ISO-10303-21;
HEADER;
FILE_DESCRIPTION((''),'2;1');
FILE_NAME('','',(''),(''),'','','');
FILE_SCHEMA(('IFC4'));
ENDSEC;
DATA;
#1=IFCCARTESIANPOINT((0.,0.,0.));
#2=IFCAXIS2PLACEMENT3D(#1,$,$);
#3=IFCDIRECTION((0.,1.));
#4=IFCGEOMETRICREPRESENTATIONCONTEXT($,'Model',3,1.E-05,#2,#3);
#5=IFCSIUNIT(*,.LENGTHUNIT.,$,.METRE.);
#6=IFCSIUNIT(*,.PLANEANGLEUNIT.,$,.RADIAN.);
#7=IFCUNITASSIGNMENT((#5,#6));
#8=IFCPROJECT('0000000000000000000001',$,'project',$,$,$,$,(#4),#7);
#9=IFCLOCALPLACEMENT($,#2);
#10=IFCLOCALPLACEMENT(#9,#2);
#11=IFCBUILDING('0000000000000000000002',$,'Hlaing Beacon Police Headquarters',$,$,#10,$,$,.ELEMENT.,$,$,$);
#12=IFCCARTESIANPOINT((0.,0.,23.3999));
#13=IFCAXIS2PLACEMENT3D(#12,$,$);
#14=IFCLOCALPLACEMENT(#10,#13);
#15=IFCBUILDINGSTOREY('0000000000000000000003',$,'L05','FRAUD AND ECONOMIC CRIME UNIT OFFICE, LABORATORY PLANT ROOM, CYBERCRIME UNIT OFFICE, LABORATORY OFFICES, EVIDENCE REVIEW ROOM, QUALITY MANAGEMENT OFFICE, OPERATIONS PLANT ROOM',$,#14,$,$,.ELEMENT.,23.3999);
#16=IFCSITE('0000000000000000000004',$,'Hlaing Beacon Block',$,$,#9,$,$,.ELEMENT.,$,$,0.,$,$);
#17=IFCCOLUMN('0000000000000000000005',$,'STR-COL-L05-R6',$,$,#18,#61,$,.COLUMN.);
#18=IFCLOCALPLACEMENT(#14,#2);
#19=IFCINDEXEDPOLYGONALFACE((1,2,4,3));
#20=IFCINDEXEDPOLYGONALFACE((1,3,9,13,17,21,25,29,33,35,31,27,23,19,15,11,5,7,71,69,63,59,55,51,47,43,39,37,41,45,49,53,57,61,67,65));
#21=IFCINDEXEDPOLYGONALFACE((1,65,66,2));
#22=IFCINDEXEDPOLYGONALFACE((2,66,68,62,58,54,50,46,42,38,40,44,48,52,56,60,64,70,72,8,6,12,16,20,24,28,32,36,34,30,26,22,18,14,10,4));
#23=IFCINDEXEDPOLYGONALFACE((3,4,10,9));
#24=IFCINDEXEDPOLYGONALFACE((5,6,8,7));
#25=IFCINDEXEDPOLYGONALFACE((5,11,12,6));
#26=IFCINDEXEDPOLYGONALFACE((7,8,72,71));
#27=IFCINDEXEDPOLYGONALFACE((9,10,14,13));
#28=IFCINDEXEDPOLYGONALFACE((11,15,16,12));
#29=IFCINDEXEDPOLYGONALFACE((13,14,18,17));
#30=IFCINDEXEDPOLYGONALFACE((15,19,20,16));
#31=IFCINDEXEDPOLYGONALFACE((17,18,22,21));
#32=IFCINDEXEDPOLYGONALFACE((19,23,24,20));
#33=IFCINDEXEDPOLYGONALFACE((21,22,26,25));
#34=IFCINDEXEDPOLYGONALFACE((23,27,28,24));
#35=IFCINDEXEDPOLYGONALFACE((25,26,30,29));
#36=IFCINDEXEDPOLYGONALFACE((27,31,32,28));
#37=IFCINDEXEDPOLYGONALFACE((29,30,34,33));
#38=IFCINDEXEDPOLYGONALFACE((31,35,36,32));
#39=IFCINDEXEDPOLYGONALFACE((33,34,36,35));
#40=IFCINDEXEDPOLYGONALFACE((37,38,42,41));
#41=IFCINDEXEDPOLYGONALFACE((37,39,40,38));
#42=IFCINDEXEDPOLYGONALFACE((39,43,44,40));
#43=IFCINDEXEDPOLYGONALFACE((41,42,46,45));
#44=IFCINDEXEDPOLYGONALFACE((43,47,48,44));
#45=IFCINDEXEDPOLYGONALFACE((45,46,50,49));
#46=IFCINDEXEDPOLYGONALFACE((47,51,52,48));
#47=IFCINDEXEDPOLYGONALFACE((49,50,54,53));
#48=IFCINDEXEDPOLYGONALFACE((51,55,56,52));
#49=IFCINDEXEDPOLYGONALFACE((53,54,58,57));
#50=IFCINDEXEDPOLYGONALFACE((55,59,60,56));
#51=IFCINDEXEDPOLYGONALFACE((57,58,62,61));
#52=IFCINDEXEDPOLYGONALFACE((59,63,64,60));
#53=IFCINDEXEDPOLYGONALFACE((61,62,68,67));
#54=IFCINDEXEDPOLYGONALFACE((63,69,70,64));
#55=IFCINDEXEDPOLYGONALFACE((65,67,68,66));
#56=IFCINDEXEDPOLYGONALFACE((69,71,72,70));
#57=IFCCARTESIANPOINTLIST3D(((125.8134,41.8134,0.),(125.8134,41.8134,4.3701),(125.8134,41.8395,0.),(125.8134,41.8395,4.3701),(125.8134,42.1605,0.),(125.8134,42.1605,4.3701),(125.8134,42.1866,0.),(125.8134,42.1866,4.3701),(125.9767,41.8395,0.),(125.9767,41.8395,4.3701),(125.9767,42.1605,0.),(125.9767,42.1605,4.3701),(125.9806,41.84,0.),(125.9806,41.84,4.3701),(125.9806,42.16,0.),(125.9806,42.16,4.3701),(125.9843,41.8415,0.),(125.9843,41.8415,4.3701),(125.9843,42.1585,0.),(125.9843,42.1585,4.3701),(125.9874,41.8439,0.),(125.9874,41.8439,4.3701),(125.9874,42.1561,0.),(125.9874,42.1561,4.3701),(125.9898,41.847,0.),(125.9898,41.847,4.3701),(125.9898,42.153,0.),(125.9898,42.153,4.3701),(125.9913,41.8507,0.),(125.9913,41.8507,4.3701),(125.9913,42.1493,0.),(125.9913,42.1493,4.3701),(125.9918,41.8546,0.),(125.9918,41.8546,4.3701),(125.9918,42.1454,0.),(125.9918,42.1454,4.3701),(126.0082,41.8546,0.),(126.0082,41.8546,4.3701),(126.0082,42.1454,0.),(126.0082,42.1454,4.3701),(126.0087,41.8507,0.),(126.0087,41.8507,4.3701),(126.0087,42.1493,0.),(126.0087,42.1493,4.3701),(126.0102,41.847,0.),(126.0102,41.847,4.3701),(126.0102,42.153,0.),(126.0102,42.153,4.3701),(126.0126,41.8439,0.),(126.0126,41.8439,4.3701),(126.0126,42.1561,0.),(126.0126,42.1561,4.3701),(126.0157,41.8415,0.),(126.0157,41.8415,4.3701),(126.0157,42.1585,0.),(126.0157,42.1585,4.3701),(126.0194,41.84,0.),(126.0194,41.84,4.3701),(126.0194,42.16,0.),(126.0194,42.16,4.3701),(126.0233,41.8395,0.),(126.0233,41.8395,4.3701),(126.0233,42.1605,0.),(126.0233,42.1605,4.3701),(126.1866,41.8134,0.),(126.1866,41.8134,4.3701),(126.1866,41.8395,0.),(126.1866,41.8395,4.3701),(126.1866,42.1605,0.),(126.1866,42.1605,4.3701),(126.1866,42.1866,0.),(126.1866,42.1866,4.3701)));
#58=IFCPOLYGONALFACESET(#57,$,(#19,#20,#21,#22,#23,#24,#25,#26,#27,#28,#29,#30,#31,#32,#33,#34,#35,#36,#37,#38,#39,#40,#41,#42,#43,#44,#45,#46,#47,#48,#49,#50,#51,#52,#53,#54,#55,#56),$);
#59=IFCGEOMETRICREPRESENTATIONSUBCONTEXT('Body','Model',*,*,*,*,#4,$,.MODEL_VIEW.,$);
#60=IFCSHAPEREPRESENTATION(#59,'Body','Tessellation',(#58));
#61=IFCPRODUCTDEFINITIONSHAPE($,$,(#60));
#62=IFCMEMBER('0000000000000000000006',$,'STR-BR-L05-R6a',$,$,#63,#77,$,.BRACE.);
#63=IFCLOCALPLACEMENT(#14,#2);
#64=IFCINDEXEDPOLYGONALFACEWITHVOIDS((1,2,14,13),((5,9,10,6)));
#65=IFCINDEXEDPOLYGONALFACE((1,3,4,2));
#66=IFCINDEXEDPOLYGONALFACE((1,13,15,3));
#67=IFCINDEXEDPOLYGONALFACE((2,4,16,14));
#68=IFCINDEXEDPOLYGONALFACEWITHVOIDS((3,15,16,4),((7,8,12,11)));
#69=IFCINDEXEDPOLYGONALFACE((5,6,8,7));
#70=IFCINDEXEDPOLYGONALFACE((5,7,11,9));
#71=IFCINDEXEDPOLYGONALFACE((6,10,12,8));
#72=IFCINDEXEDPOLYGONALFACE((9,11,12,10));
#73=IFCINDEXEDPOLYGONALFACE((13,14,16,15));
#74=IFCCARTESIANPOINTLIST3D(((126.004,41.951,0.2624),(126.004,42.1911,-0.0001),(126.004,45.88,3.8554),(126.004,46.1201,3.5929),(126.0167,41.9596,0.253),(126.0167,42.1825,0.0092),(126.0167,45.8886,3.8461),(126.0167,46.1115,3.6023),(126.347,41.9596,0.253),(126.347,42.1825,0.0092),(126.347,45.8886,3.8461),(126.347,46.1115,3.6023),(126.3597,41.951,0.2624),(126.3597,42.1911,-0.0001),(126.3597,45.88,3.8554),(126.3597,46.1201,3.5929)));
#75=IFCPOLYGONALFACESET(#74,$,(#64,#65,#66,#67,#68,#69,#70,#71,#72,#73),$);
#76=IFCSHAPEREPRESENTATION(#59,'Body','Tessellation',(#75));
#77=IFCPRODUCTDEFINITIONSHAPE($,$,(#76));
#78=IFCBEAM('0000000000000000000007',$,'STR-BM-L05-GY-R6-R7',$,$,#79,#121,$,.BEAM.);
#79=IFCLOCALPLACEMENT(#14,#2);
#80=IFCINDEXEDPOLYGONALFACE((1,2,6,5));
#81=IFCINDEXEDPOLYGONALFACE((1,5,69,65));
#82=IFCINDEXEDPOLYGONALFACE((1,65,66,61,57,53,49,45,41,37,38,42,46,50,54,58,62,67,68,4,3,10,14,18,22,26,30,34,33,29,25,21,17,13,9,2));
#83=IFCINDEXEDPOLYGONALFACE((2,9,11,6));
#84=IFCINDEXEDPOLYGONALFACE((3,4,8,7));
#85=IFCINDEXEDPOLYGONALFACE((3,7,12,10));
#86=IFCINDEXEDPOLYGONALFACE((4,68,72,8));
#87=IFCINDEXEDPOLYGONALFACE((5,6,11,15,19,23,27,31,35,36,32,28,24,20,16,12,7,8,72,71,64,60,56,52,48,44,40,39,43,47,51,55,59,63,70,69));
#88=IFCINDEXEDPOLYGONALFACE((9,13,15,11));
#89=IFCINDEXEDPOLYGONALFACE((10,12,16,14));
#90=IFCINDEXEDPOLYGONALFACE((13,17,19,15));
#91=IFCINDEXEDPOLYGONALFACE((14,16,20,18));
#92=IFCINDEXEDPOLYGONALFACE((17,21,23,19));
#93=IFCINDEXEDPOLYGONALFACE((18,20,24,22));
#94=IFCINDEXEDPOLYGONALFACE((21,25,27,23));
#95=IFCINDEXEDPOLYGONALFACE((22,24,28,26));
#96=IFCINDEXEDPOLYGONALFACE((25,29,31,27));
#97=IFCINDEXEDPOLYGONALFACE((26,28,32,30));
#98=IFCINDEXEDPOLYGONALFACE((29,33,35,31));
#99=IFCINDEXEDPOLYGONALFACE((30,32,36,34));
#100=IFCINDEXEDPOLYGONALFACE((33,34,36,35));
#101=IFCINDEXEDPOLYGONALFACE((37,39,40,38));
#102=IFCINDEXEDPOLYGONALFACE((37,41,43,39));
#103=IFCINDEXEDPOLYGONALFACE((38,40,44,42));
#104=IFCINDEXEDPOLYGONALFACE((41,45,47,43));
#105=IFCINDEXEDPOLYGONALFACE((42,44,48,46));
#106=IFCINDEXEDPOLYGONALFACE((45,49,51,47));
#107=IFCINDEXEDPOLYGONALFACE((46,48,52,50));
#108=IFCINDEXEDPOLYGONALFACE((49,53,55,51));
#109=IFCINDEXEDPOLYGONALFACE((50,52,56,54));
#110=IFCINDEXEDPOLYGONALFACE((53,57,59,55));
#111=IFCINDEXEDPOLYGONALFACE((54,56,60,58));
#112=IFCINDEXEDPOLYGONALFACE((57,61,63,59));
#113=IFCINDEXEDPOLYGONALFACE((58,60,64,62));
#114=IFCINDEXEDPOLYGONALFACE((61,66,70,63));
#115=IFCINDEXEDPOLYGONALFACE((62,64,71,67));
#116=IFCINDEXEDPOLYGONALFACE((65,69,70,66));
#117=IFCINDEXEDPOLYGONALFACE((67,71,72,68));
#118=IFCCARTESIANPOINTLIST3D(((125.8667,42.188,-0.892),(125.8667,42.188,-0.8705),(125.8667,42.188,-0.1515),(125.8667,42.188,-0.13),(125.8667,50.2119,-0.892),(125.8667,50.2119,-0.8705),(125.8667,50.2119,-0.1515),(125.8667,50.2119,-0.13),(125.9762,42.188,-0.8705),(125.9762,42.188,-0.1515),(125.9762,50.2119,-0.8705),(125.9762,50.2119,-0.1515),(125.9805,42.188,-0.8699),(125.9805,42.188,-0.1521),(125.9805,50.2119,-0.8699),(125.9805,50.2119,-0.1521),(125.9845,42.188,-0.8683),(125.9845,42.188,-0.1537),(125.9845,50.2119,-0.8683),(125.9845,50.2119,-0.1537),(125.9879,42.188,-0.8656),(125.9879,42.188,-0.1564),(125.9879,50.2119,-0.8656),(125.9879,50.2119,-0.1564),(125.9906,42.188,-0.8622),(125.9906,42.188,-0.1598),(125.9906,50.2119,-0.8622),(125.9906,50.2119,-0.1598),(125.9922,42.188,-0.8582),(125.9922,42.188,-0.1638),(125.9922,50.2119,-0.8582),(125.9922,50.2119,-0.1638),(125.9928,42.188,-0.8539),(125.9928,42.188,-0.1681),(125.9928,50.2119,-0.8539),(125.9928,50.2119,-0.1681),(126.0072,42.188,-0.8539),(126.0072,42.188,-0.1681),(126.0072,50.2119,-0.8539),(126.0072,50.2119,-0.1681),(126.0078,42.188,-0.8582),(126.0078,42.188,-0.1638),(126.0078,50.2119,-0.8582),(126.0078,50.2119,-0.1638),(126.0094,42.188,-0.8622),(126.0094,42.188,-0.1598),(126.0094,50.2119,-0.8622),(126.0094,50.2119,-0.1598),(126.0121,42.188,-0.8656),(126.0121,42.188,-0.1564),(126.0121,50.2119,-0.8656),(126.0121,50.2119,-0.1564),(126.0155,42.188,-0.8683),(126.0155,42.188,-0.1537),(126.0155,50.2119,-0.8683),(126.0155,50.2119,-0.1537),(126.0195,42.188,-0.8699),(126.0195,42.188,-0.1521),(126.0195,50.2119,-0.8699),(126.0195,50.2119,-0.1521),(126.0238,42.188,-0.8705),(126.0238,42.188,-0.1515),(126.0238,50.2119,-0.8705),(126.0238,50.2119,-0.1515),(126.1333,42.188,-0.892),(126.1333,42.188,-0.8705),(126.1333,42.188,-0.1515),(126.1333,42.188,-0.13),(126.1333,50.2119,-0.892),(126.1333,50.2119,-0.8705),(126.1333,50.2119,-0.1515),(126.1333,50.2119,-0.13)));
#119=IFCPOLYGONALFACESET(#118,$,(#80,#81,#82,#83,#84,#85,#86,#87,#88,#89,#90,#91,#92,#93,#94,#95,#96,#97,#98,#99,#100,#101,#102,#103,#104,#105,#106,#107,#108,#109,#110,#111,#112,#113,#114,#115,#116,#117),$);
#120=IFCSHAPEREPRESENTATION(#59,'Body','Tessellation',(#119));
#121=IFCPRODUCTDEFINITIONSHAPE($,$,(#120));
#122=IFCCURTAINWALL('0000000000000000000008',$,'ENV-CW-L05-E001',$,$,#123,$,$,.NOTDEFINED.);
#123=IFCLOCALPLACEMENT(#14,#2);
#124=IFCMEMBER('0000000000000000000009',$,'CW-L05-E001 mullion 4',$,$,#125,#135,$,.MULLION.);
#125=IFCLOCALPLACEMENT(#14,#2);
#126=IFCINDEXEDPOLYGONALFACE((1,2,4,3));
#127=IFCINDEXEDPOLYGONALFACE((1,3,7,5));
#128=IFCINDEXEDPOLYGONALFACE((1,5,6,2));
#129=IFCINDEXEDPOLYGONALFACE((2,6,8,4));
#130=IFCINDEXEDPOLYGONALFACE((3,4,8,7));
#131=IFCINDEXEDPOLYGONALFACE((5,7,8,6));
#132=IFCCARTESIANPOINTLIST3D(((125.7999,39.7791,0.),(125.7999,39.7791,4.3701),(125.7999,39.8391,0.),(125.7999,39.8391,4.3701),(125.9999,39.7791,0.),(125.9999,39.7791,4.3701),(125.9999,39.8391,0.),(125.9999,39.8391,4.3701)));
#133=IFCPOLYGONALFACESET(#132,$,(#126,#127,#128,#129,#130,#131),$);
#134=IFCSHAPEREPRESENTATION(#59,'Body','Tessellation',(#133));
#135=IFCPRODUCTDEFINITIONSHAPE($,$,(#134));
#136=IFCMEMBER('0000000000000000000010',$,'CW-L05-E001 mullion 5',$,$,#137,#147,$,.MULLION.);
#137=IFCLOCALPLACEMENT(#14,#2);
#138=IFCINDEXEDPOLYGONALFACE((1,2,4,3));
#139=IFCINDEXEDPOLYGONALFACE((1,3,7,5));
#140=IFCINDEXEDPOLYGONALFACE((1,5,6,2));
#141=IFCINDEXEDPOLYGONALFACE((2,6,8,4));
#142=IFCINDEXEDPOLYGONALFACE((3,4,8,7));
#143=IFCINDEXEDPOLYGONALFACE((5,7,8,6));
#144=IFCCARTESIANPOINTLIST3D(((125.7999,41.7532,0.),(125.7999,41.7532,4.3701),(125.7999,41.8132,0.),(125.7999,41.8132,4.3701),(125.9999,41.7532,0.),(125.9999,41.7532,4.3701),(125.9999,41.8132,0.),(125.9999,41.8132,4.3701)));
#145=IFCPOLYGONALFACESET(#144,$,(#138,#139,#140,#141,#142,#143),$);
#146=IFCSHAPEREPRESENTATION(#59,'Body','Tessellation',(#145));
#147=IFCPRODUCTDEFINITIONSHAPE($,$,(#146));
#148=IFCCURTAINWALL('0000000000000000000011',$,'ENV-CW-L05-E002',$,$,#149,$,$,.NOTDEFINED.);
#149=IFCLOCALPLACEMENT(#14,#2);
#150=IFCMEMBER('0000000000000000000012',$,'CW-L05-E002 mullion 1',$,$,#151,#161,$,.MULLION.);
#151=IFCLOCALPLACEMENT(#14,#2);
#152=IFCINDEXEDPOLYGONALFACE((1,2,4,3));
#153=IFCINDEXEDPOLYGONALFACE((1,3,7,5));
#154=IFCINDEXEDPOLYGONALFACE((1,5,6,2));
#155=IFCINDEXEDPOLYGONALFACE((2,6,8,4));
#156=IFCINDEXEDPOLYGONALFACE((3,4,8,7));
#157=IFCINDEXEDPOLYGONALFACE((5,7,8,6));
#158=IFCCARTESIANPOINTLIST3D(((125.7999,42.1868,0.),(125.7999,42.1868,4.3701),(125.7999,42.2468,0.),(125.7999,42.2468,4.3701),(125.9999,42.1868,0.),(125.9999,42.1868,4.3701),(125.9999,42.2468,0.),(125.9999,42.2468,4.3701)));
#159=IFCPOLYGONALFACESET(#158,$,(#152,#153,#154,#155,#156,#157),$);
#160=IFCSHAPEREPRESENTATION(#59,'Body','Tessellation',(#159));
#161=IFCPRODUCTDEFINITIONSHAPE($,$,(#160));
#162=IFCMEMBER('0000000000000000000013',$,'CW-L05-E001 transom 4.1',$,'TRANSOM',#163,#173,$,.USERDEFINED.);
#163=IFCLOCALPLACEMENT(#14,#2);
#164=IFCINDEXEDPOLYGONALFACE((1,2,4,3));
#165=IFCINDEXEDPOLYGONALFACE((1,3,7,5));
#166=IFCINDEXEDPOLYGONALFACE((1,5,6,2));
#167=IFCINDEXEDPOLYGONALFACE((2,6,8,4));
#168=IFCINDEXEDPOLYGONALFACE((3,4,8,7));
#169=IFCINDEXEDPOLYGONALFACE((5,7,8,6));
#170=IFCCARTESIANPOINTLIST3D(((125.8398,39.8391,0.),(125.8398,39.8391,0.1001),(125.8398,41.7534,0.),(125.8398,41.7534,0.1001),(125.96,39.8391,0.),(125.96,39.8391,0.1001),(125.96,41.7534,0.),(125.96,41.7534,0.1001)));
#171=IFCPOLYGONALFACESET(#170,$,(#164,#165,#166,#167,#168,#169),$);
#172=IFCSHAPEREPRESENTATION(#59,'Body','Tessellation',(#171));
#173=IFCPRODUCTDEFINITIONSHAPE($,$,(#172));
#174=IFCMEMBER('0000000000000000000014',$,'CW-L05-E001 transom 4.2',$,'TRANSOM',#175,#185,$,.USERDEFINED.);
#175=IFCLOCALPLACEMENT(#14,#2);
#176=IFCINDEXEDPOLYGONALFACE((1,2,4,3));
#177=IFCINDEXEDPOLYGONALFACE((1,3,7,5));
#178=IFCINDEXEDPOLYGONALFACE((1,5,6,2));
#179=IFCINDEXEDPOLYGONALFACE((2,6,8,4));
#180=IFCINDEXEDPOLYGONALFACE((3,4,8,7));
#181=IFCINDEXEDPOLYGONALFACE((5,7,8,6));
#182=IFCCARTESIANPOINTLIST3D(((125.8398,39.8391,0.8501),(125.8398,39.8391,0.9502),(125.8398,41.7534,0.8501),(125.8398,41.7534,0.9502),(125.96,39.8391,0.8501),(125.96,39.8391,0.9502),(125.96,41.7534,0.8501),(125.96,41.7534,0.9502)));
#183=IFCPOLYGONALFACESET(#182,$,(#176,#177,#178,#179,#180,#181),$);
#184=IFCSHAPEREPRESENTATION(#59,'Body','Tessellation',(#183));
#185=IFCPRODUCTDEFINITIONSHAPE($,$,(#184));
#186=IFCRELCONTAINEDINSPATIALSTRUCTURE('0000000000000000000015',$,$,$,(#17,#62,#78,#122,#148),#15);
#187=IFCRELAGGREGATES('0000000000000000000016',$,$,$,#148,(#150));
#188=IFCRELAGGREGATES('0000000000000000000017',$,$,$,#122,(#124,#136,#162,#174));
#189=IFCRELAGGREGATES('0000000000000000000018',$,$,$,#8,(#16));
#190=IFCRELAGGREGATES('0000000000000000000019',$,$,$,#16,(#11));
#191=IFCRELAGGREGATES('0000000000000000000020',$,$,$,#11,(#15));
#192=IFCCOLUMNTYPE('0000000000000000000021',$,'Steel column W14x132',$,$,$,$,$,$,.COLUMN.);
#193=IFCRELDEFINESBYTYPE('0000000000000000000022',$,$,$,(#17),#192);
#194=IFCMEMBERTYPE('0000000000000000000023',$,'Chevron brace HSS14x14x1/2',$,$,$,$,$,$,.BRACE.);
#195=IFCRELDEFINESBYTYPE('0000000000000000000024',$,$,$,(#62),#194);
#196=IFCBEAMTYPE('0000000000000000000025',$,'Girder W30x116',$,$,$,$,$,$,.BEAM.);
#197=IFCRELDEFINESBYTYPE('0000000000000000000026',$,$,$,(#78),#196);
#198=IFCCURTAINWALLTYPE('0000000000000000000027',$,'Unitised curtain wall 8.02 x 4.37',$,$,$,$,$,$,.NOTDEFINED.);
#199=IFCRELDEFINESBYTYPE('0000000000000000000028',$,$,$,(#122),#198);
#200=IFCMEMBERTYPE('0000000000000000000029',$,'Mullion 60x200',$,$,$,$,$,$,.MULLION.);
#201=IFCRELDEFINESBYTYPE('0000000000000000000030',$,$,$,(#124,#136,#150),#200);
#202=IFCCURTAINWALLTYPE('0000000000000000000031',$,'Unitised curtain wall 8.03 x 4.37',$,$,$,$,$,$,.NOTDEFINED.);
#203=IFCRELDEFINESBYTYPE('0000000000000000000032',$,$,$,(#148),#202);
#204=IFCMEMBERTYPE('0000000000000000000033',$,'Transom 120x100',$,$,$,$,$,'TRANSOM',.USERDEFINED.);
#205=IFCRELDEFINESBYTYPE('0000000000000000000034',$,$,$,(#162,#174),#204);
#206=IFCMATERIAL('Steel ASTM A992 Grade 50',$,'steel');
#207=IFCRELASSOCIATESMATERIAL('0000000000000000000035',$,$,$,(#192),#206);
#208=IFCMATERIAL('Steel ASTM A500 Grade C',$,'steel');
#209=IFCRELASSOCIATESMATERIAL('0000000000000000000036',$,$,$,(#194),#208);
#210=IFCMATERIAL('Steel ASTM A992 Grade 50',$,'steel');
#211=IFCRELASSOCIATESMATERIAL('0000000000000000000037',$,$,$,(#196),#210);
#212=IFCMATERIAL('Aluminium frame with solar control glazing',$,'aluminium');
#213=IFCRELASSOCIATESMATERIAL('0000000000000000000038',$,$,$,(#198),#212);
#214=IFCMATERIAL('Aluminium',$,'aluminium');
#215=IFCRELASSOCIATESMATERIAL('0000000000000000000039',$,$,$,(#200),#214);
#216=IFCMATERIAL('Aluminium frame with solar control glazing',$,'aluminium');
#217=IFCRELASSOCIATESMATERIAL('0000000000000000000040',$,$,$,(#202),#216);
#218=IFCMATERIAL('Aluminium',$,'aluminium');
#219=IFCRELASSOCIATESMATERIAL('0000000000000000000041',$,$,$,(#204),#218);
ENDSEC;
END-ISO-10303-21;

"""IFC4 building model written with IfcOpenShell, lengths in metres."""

from ifc_helpers import new_model, si_unit, direction, frame, origin, origin_2d, place, context, subcontext, project, spatial, rectangle, hollow_rectangle, i_section, extrude, material, material_profile, profile_set, type_object, element, aggregate, save


model = new_model("IFC4")

# Units and contexts
model_context = context("Model", 3, precision=1e-05, world=origin(), true_north=direction((0.0, 1.0)))
body_context = subcontext(model_context, "Body", "Model", "MODEL_VIEW")
ifc_project = project(units=[si_unit("LENGTHUNIT", "METRE"), si_unit("PLANEANGLEUNIT", "RADIAN")], contexts=[model_context])

# Site, building, storey
site_placement = place(None, origin())
site = spatial("IfcSite", under=ifc_project, at=site_placement, Name="Hlaing Beacon Block", CompositionType="ELEMENT", RefElevation=0.0)
building_placement = place(site_placement, origin())
building = spatial("IfcBuilding", under=site, at=building_placement, Name="Hlaing Beacon Police Headquarters", CompositionType="ELEMENT")
storey_placement = place(building_placement, frame((0.0, 0.0, 23.3999)))
storey = spatial("IfcBuildingStorey", under=building, at=storey_placement, Name="L05", Description="FRAUD AND ECONOMIC CRIME UNIT OFFICE, LABORATORY PLANT ROOM, CYBERCRIME UNIT OFFICE, LABORATORY OFFICES, EVIDENCE REVIEW ROOM, QUALITY MANAGEMENT OFFICE, OPERATIONS PLANT ROOM", CompositionType="ELEMENT", Elevation=23.3999)

# Column
ifc_material_1 = material(Name="Steel ASTM A992 Grade 50", Category="steel")
ifc_material_profile_1 = material_profile(ifc_material_1, i_section(OverallWidth=0.3733, OverallDepth=0.3733, WebThickness=0.0164, FlangeThickness=0.0261, FilletRadius=0.0151, at=origin_2d()), Name="W14x132")
ifc_profile_set_1 = profile_set([ifc_material_profile_1], Name="Steel ASTM A992 Grade 50")
column_type = type_object("IfcColumnType", Name="Steel column W14x132", PredefinedType="COLUMN", material=ifc_profile_set_1)
column_placement = place(storey_placement, frame((126.0, 42.0, 0.0), z_axis=(0.0, 0.0, 1.0), x_axis=(1.0, 0.0, 0.0)))
element("IfcColumn", 1, at=column_placement, inside=storey, type_object=column_type, Name="STR-COL-L05-R6", PredefinedType="COLUMN", context=body_context, shape_type="SweptSolid", body=[
    extrude(i_section(OverallWidth=0.3733, OverallDepth=0.3733, WebThickness=0.0164, FlangeThickness=0.0261, FilletRadius=0.0151, at=origin_2d()), origin(), (0.0, 0.0, 1.0), 4.3701),
])

# Member
ifc_material_2 = material(Name="Steel ASTM A500 Grade C", Category="steel")
ifc_material_profile_2 = material_profile(ifc_material_2, hollow_rectangle(XDim=0.3557, YDim=0.3557, WallThickness=0.0127, at=origin_2d()), Name="HSS14x14x1/2")
ifc_profile_set_2 = profile_set([ifc_material_profile_2], Name="Steel ASTM A500 Grade C")
member_type_1 = type_object("IfcMemberType", Name="Chevron brace HSS14x14x1/2", PredefinedType="BRACE", material=ifc_profile_set_2)
member_1_placement = place(storey_placement, frame((126.1819, 42.071, 0.1311), z_axis=(0.0, 0.737951, 0.674854), x_axis=(-1.0, 0.0, 0.0)))
element("IfcMember", 2, at=member_1_placement, inside=storey, type_object=member_type_1, Name="STR-BR-L05-R6a", PredefinedType="BRACE", context=body_context, shape_type="SweptSolid", body=[
    extrude(hollow_rectangle(XDim=0.3557, YDim=0.3557, WallThickness=0.0127, at=origin_2d()), origin(), (0.0, 0.0, 1.0), 5.3242),
])

# Beam
ifc_material_3 = material(Name="Steel ASTM A992 Grade 50", Category="steel")
ifc_material_profile_3 = material_profile(ifc_material_3, i_section(OverallWidth=0.2666, OverallDepth=0.762, WebThickness=0.0144, FlangeThickness=0.0215, FilletRadius=0.0166, at=origin_2d()), Name="W30x116")
ifc_profile_set_3 = profile_set([ifc_material_profile_3], Name="Steel ASTM A992 Grade 50")
beam_type = type_object("IfcBeamType", Name="Girder W30x116", PredefinedType="BEAM", material=ifc_profile_set_3)
beam_placement = place(storey_placement, frame((126.0, 42.188, -0.511), z_axis=(0.0, 1.0, 0.0), x_axis=(-1.0, 0.0, 0.0)))
element("IfcBeam", 3, at=beam_placement, inside=storey, type_object=beam_type, Name="STR-BM-L05-GY-R6-R7", PredefinedType="BEAM", context=body_context, shape_type="SweptSolid", body=[
    extrude(i_section(OverallWidth=0.2666, OverallDepth=0.762, WebThickness=0.0144, FlangeThickness=0.0215, FilletRadius=0.0166, at=origin_2d()), origin(), (0.0, 0.0, 1.0), 8.0239),
])

# Curtain wall, members
ifc_material_4 = material(Name="Aluminium frame with solar control glazing", Category="aluminium")
curtain_wall_type_1 = type_object("IfcCurtainWallType", Name="Unitised curtain wall 8.02 x 4.37", PredefinedType="NOTDEFINED", material=ifc_material_4)
curtain_wall_1_placement = place(storey_placement, origin())
curtain_wall_1 = element("IfcCurtainWall", 4, at=curtain_wall_1_placement, inside=storey, type_object=curtain_wall_type_1, Name="ENV-CW-L05-E001", PredefinedType="NOTDEFINED")
ifc_material_5 = material(Name="Aluminium", Category="aluminium")
ifc_material_profile_4 = material_profile(ifc_material_5, rectangle(XDim=0.2, YDim=0.0601, at=origin_2d()), Name="Mullion 60x200")
ifc_profile_set_4 = profile_set([ifc_material_profile_4], Name="Aluminium")
member_type_2 = type_object("IfcMemberType", Name="Mullion 60x200", PredefinedType="MULLION", material=ifc_profile_set_4)
member_2_placement = place(storey_placement, frame((125.8999, 39.8091, 0.0), z_axis=(0.0, 0.0, 1.0), x_axis=(-1.0, 0.0, 0.0)))
member_2 = element("IfcMember", 5, at=member_2_placement, type_object=member_type_2, Name="CW-L05-E001 mullion 4", PredefinedType="MULLION", context=body_context, shape_type="SweptSolid", body=[
    extrude(rectangle(XDim=0.2, YDim=0.0601, at=origin_2d()), origin(), (0.0, 0.0, 1.0), 4.3701),
])
member_3_placement = place(storey_placement, frame((125.8999, 41.7832, 0.0), z_axis=(0.0, 0.0, 1.0), x_axis=(-1.0, 0.0, 0.0)))
member_3 = element("IfcMember", 6, at=member_3_placement, type_object=member_type_2, Name="CW-L05-E001 mullion 5", PredefinedType="MULLION", context=body_context, shape_type="SweptSolid", body=[
    extrude(rectangle(XDim=0.2, YDim=0.0601, at=origin_2d()), origin(), (0.0, 0.0, 1.0), 4.3701),
])

# Curtain wall, member
ifc_material_6 = material(Name="Aluminium frame with solar control glazing", Category="aluminium")
curtain_wall_type_2 = type_object("IfcCurtainWallType", Name="Unitised curtain wall 8.03 x 4.37", PredefinedType="NOTDEFINED", material=ifc_material_6)
curtain_wall_2_placement = place(storey_placement, origin())
curtain_wall_2 = element("IfcCurtainWall", 7, at=curtain_wall_2_placement, inside=storey, type_object=curtain_wall_type_2, Name="ENV-CW-L05-E002", PredefinedType="NOTDEFINED")
member_4_placement = place(storey_placement, frame((125.8999, 42.2168, 0.0), z_axis=(0.0, 0.0, 1.0), x_axis=(-1.0, 0.0, 0.0)))
member_4 = element("IfcMember", 8, at=member_4_placement, type_object=member_type_2, Name="CW-L05-E002 mullion 1", PredefinedType="MULLION", context=body_context, shape_type="SweptSolid", body=[
    extrude(rectangle(XDim=0.2, YDim=0.0601, at=origin_2d()), origin(), (0.0, 0.0, 1.0), 4.3701),
])

# Members
ifc_material_7 = material(Name="Aluminium", Category="aluminium")
ifc_material_profile_5 = material_profile(ifc_material_7, rectangle(XDim=0.1201, YDim=0.1001, at=origin_2d()), Name="Transom 120x100")
ifc_profile_set_5 = profile_set([ifc_material_profile_5], Name="Aluminium")
member_type_3 = type_object("IfcMemberType", Name="Transom 120x100", ElementType="TRANSOM", PredefinedType="USERDEFINED", material=ifc_profile_set_5)
member_5_placement = place(storey_placement, frame((125.8999, 39.8391, 0.05), z_axis=(0.0, 1.0, 0.0), x_axis=(-1.0, 0.0, 0.0)))
member_5 = element("IfcMember", 9, at=member_5_placement, type_object=member_type_3, Name="CW-L05-E001 transom 4.1", ObjectType="TRANSOM", PredefinedType="USERDEFINED", context=body_context, shape_type="SweptSolid", body=[
    extrude(rectangle(XDim=0.1201, YDim=0.1001, at=origin_2d()), origin(), (0.0, 0.0, 1.0), 1.9143),
])
member_6_placement = place(storey_placement, frame((125.8999, 39.8391, 0.9001), z_axis=(0.0, 1.0, 0.0), x_axis=(-1.0, 0.0, 0.0)))
member_6 = element("IfcMember", 10, at=member_6_placement, type_object=member_type_3, Name="CW-L05-E001 transom 4.2", ObjectType="TRANSOM", PredefinedType="USERDEFINED", context=body_context, shape_type="SweptSolid", body=[
    extrude(rectangle(XDim=0.1201, YDim=0.1001, at=origin_2d()), origin(), (0.0, 0.0, 1.0), 1.9143),
])

aggregate(curtain_wall_2, [member_4])
aggregate(curtain_wall_1, [member_2, member_3, member_5, member_6])

save(model, "model.ifc")
